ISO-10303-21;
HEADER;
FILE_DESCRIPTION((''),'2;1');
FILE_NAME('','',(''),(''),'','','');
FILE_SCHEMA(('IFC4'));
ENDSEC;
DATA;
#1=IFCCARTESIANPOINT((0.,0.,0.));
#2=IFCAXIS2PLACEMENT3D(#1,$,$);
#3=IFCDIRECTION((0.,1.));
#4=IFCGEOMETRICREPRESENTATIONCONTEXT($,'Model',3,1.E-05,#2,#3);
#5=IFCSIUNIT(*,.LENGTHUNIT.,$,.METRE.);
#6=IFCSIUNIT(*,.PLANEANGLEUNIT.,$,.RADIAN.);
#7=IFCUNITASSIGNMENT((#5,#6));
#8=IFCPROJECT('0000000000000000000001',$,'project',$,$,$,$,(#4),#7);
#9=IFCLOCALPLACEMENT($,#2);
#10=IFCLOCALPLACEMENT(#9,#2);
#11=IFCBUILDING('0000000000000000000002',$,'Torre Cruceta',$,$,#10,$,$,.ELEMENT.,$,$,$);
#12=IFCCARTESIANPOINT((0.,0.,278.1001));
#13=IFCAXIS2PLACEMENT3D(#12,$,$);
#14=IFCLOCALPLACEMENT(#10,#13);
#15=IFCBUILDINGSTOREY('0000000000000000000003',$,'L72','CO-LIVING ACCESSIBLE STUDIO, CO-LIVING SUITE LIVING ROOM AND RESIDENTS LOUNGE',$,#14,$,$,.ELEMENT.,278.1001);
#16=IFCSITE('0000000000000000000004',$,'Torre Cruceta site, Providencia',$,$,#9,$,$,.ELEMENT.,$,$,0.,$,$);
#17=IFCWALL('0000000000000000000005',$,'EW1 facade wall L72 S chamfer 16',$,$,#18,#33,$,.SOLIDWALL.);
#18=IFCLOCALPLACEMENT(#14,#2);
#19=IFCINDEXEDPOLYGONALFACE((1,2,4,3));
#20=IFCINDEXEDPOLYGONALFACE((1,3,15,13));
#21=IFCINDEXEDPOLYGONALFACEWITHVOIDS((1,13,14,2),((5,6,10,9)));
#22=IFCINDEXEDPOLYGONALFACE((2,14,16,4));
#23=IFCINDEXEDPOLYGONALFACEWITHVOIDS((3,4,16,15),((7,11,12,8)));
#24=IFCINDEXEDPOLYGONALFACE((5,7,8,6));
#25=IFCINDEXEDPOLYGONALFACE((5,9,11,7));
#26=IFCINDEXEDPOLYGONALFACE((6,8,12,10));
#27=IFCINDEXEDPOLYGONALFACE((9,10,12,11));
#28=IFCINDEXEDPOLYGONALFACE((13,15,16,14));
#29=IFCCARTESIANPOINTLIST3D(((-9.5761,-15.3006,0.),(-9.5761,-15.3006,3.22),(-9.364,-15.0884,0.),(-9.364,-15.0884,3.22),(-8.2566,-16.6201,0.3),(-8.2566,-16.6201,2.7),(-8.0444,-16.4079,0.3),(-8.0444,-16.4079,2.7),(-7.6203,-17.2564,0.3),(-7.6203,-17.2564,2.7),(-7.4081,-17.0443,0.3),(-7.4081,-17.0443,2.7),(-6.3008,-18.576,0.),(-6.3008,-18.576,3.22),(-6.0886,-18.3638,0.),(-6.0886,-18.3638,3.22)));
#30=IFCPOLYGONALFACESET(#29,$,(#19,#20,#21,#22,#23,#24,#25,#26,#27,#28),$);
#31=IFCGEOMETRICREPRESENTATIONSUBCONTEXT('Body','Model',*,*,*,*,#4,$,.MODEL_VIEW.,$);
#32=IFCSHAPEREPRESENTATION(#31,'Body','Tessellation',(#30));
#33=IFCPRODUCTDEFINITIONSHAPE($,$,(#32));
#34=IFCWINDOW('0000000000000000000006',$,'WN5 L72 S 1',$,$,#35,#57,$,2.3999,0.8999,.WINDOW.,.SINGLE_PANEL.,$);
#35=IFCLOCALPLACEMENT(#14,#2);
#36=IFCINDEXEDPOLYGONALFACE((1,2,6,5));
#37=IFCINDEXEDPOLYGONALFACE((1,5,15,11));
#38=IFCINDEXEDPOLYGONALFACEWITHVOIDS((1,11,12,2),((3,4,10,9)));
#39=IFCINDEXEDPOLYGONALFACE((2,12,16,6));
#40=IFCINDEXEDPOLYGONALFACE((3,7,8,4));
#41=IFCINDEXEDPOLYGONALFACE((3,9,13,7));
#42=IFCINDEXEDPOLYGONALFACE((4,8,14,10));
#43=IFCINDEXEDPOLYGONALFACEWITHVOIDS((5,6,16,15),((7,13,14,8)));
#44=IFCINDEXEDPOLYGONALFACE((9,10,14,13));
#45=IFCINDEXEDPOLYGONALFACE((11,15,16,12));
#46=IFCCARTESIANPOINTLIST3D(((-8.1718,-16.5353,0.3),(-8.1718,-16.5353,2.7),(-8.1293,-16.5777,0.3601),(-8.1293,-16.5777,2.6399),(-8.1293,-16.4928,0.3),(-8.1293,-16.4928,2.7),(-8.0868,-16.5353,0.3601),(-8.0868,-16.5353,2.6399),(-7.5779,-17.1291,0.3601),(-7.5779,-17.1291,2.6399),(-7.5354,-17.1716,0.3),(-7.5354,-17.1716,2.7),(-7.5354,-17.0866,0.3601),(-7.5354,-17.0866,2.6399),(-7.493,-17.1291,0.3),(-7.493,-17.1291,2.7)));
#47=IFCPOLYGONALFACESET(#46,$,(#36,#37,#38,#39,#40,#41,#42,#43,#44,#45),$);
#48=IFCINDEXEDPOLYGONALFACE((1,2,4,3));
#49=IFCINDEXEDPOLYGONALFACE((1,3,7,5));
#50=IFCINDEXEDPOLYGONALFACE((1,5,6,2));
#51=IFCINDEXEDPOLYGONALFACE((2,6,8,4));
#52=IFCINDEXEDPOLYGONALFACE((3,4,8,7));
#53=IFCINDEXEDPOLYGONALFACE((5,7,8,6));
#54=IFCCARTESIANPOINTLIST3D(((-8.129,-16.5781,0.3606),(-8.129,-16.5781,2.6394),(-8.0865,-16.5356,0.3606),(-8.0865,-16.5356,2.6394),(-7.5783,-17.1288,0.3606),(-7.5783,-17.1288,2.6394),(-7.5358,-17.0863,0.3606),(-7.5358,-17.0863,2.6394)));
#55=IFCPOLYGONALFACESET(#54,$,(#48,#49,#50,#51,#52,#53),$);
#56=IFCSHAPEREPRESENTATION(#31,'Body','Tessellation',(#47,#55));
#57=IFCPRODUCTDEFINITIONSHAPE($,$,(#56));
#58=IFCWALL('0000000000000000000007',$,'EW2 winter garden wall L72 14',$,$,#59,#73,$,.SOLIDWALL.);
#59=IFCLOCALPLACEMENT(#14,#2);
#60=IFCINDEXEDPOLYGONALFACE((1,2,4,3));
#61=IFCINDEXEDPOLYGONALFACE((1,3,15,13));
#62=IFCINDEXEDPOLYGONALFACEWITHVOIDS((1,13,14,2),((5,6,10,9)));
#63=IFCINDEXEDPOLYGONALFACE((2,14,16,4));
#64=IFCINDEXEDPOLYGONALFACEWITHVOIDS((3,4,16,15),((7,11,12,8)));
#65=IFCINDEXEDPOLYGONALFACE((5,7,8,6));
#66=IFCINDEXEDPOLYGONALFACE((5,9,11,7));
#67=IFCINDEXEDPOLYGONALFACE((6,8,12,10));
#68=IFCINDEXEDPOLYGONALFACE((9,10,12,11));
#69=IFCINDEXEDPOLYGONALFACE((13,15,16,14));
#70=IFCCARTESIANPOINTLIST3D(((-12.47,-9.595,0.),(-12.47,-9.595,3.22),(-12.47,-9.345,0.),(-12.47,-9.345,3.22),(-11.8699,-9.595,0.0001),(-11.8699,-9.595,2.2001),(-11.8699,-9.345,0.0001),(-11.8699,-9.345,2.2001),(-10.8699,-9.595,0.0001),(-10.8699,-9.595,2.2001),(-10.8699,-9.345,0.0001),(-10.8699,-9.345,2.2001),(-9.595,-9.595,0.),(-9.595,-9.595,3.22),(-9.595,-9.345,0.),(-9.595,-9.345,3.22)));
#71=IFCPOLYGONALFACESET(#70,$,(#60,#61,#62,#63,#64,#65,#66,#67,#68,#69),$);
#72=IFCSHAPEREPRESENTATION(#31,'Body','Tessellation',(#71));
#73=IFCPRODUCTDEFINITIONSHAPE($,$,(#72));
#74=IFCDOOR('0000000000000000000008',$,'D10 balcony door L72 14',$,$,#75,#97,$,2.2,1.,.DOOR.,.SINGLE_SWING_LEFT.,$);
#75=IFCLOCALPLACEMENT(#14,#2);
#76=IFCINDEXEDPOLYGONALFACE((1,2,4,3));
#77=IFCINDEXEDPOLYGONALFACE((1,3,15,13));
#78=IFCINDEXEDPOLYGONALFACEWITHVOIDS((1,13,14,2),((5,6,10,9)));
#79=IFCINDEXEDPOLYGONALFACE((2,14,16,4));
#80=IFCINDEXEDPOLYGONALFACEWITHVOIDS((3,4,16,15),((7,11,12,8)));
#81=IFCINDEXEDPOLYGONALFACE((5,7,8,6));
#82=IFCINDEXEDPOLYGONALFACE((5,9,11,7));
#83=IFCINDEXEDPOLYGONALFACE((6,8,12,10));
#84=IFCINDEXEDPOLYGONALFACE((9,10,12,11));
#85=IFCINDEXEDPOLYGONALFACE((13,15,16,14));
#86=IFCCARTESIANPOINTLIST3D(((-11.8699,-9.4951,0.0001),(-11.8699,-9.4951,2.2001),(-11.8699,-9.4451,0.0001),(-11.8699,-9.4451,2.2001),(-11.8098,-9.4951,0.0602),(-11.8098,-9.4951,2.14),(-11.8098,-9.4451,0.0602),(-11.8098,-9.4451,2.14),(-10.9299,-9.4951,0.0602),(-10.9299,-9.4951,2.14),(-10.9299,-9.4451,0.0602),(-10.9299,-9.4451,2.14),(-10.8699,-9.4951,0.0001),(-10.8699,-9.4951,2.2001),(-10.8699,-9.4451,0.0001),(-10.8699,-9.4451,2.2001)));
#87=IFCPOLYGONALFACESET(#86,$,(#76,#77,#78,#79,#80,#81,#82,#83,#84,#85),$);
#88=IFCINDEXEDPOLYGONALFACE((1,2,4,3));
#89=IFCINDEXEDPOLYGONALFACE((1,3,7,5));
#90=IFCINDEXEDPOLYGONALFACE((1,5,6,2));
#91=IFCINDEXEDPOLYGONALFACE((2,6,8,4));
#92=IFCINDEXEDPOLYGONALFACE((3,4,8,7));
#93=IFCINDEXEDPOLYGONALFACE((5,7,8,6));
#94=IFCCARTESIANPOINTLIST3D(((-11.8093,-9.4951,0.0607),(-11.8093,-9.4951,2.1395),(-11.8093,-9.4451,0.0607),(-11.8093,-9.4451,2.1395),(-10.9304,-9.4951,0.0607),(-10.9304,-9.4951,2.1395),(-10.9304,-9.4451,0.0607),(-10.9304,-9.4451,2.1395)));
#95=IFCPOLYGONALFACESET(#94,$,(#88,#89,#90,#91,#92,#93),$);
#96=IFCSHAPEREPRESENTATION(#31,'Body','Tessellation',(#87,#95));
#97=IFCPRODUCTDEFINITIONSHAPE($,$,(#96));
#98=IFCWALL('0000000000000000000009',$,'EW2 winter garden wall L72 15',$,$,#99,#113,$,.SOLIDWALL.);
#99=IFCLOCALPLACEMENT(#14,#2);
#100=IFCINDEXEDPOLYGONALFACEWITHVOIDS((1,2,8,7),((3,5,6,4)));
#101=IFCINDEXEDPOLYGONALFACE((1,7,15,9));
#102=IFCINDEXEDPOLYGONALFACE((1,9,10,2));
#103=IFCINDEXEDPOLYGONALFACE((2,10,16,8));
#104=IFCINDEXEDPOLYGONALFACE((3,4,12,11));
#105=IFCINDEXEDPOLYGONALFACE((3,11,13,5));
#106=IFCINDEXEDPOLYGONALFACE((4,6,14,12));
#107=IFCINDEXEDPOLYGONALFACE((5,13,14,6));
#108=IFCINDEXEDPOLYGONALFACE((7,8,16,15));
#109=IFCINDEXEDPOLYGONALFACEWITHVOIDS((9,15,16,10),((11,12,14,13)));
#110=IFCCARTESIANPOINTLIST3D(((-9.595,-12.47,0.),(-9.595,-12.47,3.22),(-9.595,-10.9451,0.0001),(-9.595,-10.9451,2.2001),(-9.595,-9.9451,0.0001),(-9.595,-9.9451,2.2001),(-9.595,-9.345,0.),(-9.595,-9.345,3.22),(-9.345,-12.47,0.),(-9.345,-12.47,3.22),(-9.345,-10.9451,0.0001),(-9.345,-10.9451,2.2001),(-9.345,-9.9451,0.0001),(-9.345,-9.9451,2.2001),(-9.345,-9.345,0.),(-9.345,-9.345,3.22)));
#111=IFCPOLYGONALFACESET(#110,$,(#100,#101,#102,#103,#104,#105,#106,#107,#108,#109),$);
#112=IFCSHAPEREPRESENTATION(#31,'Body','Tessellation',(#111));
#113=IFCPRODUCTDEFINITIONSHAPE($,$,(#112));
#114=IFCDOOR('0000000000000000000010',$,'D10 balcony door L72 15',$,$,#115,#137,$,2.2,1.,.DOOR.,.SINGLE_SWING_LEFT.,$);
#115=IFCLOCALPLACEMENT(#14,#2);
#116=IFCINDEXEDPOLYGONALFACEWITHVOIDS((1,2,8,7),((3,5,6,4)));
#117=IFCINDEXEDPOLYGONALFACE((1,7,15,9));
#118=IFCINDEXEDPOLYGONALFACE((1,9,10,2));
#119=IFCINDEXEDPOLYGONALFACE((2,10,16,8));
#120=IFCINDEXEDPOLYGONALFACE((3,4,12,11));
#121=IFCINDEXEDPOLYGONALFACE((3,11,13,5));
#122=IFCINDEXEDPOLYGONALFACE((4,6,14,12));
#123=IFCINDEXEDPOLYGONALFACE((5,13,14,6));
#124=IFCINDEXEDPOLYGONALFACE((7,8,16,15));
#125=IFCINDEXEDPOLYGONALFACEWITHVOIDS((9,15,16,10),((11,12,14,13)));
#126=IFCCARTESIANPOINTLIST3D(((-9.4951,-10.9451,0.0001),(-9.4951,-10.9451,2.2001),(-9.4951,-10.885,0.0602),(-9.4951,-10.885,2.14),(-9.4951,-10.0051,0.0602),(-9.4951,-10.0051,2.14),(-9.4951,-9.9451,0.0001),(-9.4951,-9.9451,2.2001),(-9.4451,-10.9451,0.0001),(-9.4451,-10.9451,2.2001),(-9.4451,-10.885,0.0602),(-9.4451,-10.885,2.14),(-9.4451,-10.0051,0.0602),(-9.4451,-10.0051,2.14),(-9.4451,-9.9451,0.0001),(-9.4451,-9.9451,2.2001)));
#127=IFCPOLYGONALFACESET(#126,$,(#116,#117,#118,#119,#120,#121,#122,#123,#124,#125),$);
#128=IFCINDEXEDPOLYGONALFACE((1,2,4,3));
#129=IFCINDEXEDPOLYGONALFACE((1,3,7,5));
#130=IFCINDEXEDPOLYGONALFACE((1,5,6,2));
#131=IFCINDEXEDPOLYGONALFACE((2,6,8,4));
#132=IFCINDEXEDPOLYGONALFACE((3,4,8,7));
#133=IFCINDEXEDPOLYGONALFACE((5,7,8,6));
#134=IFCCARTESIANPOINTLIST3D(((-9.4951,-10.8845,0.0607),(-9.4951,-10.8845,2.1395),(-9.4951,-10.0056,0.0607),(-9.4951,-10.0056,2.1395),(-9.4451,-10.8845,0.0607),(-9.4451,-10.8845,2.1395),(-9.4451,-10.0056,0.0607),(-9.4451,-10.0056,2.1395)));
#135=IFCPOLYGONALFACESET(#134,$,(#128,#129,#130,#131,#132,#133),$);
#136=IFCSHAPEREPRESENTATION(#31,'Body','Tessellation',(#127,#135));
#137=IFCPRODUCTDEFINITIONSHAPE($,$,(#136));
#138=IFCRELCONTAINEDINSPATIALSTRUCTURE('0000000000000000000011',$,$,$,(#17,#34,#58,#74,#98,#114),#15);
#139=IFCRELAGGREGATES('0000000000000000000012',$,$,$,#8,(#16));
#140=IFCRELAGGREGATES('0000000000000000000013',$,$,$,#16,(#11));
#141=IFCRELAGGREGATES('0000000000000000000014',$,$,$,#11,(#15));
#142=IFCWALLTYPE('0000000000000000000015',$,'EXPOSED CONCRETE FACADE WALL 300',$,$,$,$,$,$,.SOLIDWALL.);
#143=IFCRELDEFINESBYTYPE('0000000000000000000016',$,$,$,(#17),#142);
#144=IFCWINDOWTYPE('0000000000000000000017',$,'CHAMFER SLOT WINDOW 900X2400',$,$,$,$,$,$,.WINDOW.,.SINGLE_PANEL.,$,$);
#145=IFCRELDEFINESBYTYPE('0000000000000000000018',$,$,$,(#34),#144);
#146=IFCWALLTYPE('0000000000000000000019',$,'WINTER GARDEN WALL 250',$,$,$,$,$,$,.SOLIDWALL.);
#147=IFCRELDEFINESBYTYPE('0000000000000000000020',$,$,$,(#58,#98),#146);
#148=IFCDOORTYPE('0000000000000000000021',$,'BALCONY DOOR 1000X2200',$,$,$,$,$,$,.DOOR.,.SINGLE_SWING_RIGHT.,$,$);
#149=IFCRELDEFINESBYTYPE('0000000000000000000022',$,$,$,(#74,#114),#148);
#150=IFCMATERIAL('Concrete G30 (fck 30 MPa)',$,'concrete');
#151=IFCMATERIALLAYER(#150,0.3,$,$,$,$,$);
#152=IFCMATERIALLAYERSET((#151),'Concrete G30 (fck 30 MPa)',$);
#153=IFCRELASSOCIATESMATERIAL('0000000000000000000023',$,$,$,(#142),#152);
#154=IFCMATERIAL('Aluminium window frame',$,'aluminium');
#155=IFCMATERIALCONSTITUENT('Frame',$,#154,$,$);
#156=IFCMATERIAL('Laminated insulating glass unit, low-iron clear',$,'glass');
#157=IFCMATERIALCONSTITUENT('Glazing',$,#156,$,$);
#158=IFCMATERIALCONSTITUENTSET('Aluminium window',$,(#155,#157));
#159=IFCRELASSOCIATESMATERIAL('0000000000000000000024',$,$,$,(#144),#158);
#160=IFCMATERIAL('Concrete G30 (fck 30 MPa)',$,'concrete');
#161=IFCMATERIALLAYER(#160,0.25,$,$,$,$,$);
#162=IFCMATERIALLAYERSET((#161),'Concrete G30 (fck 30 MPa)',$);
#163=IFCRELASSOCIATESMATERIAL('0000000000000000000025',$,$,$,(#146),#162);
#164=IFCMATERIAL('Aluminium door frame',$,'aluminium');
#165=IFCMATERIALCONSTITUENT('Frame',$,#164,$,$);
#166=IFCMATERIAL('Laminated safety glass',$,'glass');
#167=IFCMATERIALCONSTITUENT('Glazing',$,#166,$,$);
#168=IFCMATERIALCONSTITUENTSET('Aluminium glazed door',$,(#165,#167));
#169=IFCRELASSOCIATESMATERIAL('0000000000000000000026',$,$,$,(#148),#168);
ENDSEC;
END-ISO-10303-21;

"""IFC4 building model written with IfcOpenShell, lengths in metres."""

from ifc_helpers import new_model, si_unit, direction, frame, frame_2d, origin, place, context, subcontext, project, spatial, rectangle, hollow_rectangle, extrude, material, layer, layer_set, constituent, constituent_set, type_object, element, fill, save


model = new_model("IFC4")

# Units and contexts
model_context = context("Model", 3, precision=1e-05, world=origin(), true_north=direction((0.0, 1.0)))
body_context = subcontext(model_context, "Body", "Model", "MODEL_VIEW")
ifc_project = project(units=[si_unit("LENGTHUNIT", "METRE"), si_unit("PLANEANGLEUNIT", "RADIAN")], contexts=[model_context])

# Site, building, storey
site_placement = place(None, origin())
site = spatial("IfcSite", under=ifc_project, at=site_placement, Name="Torre Cruceta site, Providencia", CompositionType="ELEMENT", RefElevation=0.0)
building_placement = place(site_placement, origin())
building = spatial("IfcBuilding", under=site, at=building_placement, Name="Torre Cruceta", CompositionType="ELEMENT")
storey_placement = place(building_placement, frame((0.0, 0.0, 278.1001)))
storey = spatial("IfcBuildingStorey", under=building, at=storey_placement, Name="L72", Description="CO-LIVING ACCESSIBLE STUDIO, CO-LIVING SUITE LIVING ROOM AND RESIDENTS LOUNGE", CompositionType="ELEMENT", Elevation=278.1001)

# Wall, opening, window
ifc_material_1 = material(Name="Concrete G30 (fck 30 MPa)", Category="concrete")
ifc_layer_1 = layer(ifc_material_1, 0.3)
ifc_layer_set_1 = layer_set([ifc_layer_1], Name="Concrete G30 (fck 30 MPa)")
wall_type_1 = type_object("IfcWallType", Name="EXPOSED CONCRETE FACADE WALL 300", PredefinedType="SOLIDWALL", material=ifc_layer_set_1)
wall_1_placement = place(storey_placement, frame((-9.47, -15.1946, 0.0), z_axis=(0.0, 0.0, 1.0), x_axis=(0.707107, -0.707107, 0.0)))
wall_1 = element("IfcWall", 1, at=wall_1_placement, inside=storey, type_object=wall_type_1, Name="EW1 facade wall L72 S chamfer 16", PredefinedType="SOLIDWALL", context=body_context, shape_type="SweptSolid", body=[
    extrude(rectangle(XDim=4.6321, YDim=0.3, at=frame_2d((2.3159, 0.0))), origin(), (0.0, 0.0, 1.0), 3.22),
])
opening_1_placement = place(wall_1_placement, frame((1.866, 0.0, 0.3)))
opening_1 = element("IfcOpeningElement", 2, at=opening_1_placement, cuts=wall_1, PredefinedType="OPENING", context=body_context, shape_type="SweptSolid", body=[
    extrude(rectangle(XDim=0.8999, YDim=2.3999, at=frame_2d((0.45, 1.2))), frame((0.0, 0.1599, 0.0), z_axis=(0.0, -1.0, 0.0), x_axis=(1.0, 0.0, 0.0)), (0.0, 0.0, 1.0), 0.3201),
])
ifc_material_2 = material(Name="Aluminium window frame", Category="aluminium")
ifc_constituent_1 = constituent(ifc_material_2, Name="Frame")
ifc_material_3 = material(Name="Laminated insulating glass unit, low-iron clear", Category="glass")
ifc_constituent_2 = constituent(ifc_material_3, Name="Glazing")
ifc_constituent_set_1 = constituent_set(constituents=[ifc_constituent_1, ifc_constituent_2], Name="Aluminium window")
window_type = type_object("IfcWindowType", Name="CHAMFER SLOT WINDOW 900X2400", PartitioningType="SINGLE_PANEL", PredefinedType="WINDOW", material=ifc_constituent_set_1)
window_placement = place(opening_1_placement, origin())
window = element("IfcWindow", 3, at=window_placement, inside=storey, type_object=window_type, Name="WN5 L72 S 1", OverallHeight=2.3999, OverallWidth=0.8999, PartitioningType="SINGLE_PANEL", PredefinedType="WINDOW", context=body_context, shape_type="SweptSolid", body=[
    extrude(hollow_rectangle(XDim=0.8999, YDim=2.3999, WallThickness=0.0601, at=frame_2d((0.45, 1.2))), frame((0.0, 0.03, 0.0), z_axis=(0.0, -1.0, 0.0), x_axis=(1.0, 0.0, 0.0)), (0.0, 0.0, 1.0), 0.0601),
    extrude(rectangle(XDim=0.7788, YDim=2.2788, at=frame_2d((0.45, 1.2))), frame((0.0, 0.03, 0.0), z_axis=(0.0, -1.0, 0.0), x_axis=(1.0, 0.0, 0.0)), (0.0, 0.0, 1.0), 0.0601),
])
fill(opening_1, window)

# Walls, openings, doors
ifc_material_4 = material(Name="Concrete G30 (fck 30 MPa)", Category="concrete")
ifc_layer_2 = layer(ifc_material_4, 0.25)
ifc_layer_set_2 = layer_set([ifc_layer_2], Name="Concrete G30 (fck 30 MPa)")
wall_type_2 = type_object("IfcWallType", Name="WINTER GARDEN WALL 250", PredefinedType="SOLIDWALL", material=ifc_layer_set_2)
wall_2_placement = place(storey_placement, frame((-12.47, -9.47, 0.0), z_axis=(0.0, 0.0, 1.0), x_axis=(1.0, 0.0, 0.0)))
wall_2 = element("IfcWall", 4, at=wall_2_placement, inside=storey, type_object=wall_type_2, Name="EW2 winter garden wall L72 14", PredefinedType="SOLIDWALL", context=body_context, shape_type="SweptSolid", body=[
    extrude(rectangle(XDim=2.875, YDim=0.25, at=frame_2d((1.4375, 0.0))), origin(), (0.0, 0.0, 1.0), 3.22),
])
opening_2_placement = place(wall_2_placement, frame((0.6001, 0.0, 0.0)))
opening_2 = element("IfcOpeningElement", 5, at=opening_2_placement, cuts=wall_2, PredefinedType="OPENING", context=body_context, shape_type="SweptSolid", body=[
    extrude(rectangle(XDim=1.0, YDim=2.2, at=frame_2d((0.5, 1.1001))), frame((0.0, 0.135, 0.0), z_axis=(0.0, -1.0, 0.0), x_axis=(1.0, 0.0, 0.0)), (0.0, 0.0, 1.0), 0.27),
])
ifc_material_5 = material(Name="Aluminium door frame", Category="aluminium")
ifc_constituent_3 = constituent(ifc_material_5, Name="Frame")
ifc_material_6 = material(Name="Laminated safety glass", Category="glass")
ifc_constituent_4 = constituent(ifc_material_6, Name="Glazing")
ifc_constituent_set_2 = constituent_set(constituents=[ifc_constituent_3, ifc_constituent_4], Name="Aluminium glazed door")
door_type = type_object("IfcDoorType", Name="BALCONY DOOR 1000X2200", OperationType="SINGLE_SWING_RIGHT", PredefinedType="DOOR", material=ifc_constituent_set_2)
door_1_placement = place(opening_2_placement, origin())
door_1 = element("IfcDoor", 6, at=door_1_placement, inside=storey, type_object=door_type, Name="D10 balcony door L72 14", OperationType="SINGLE_SWING_LEFT", OverallHeight=2.2, OverallWidth=1.0, PredefinedType="DOOR", context=body_context, shape_type="SweptSolid", body=[
    extrude(hollow_rectangle(XDim=1.0, YDim=2.2, WallThickness=0.0601, at=frame_2d((0.5, 1.1001))), frame((0.0, 0.0249, 0.0), z_axis=(0.0, -1.0, 0.0), x_axis=(1.0, 0.0, 0.0)), (0.0, 0.0, 1.0), 0.05),
    extrude(rectangle(XDim=0.8789, YDim=2.0789, at=frame_2d((0.5, 1.1001))), frame((0.0, 0.0249, 0.0), z_axis=(0.0, -1.0, 0.0), x_axis=(1.0, 0.0, 0.0)), (0.0, 0.0, 1.0), 0.05),
])
fill(opening_2, door_1)
wall_3_placement = place(storey_placement, frame((-9.47, -9.345, 0.0), z_axis=(0.0, 0.0, 1.0), x_axis=(0.0, -1.0, 0.0)))
wall_3 = element("IfcWall", 7, at=wall_3_placement, inside=storey, type_object=wall_type_2, Name="EW2 winter garden wall L72 15", PredefinedType="SOLIDWALL", context=body_context, shape_type="SweptSolid", body=[
    extrude(rectangle(XDim=3.125, YDim=0.25, at=frame_2d((1.5625, 0.0))), origin(), (0.0, 0.0, 1.0), 3.22),
])
opening_3_placement = place(wall_3_placement, frame((0.6001, 0.0, 0.0)))
opening_3 = element("IfcOpeningElement", 8, at=opening_3_placement, cuts=wall_3, PredefinedType="OPENING", context=body_context, shape_type="SweptSolid", body=[
    extrude(rectangle(XDim=1.0, YDim=2.2, at=frame_2d((0.5, 1.1001))), frame((0.0, 0.135, 0.0), z_axis=(0.0, -1.0, 0.0), x_axis=(1.0, 0.0, 0.0)), (0.0, 0.0, 1.0), 0.27),
])
door_2_placement = place(opening_3_placement, origin())
door_2 = element("IfcDoor", 9, at=door_2_placement, inside=storey, type_object=door_type, Name="D10 balcony door L72 15", OperationType="SINGLE_SWING_LEFT", OverallHeight=2.2, OverallWidth=1.0, PredefinedType="DOOR", context=body_context, shape_type="SweptSolid", body=[
    extrude(hollow_rectangle(XDim=1.0, YDim=2.2, WallThickness=0.0601, at=frame_2d((0.5, 1.1001))), frame((0.0, 0.0249, 0.0), z_axis=(0.0, -1.0, 0.0), x_axis=(1.0, 0.0, 0.0)), (0.0, 0.0, 1.0), 0.05),
    extrude(rectangle(XDim=0.8789, YDim=2.0789, at=frame_2d((0.5, 1.1001))), frame((0.0, 0.0249, 0.0), z_axis=(0.0, -1.0, 0.0), x_axis=(1.0, 0.0, 0.0)), (0.0, 0.0, 1.0), 0.05),
])
fill(opening_3, door_2)

save(model, "model.ifc")
